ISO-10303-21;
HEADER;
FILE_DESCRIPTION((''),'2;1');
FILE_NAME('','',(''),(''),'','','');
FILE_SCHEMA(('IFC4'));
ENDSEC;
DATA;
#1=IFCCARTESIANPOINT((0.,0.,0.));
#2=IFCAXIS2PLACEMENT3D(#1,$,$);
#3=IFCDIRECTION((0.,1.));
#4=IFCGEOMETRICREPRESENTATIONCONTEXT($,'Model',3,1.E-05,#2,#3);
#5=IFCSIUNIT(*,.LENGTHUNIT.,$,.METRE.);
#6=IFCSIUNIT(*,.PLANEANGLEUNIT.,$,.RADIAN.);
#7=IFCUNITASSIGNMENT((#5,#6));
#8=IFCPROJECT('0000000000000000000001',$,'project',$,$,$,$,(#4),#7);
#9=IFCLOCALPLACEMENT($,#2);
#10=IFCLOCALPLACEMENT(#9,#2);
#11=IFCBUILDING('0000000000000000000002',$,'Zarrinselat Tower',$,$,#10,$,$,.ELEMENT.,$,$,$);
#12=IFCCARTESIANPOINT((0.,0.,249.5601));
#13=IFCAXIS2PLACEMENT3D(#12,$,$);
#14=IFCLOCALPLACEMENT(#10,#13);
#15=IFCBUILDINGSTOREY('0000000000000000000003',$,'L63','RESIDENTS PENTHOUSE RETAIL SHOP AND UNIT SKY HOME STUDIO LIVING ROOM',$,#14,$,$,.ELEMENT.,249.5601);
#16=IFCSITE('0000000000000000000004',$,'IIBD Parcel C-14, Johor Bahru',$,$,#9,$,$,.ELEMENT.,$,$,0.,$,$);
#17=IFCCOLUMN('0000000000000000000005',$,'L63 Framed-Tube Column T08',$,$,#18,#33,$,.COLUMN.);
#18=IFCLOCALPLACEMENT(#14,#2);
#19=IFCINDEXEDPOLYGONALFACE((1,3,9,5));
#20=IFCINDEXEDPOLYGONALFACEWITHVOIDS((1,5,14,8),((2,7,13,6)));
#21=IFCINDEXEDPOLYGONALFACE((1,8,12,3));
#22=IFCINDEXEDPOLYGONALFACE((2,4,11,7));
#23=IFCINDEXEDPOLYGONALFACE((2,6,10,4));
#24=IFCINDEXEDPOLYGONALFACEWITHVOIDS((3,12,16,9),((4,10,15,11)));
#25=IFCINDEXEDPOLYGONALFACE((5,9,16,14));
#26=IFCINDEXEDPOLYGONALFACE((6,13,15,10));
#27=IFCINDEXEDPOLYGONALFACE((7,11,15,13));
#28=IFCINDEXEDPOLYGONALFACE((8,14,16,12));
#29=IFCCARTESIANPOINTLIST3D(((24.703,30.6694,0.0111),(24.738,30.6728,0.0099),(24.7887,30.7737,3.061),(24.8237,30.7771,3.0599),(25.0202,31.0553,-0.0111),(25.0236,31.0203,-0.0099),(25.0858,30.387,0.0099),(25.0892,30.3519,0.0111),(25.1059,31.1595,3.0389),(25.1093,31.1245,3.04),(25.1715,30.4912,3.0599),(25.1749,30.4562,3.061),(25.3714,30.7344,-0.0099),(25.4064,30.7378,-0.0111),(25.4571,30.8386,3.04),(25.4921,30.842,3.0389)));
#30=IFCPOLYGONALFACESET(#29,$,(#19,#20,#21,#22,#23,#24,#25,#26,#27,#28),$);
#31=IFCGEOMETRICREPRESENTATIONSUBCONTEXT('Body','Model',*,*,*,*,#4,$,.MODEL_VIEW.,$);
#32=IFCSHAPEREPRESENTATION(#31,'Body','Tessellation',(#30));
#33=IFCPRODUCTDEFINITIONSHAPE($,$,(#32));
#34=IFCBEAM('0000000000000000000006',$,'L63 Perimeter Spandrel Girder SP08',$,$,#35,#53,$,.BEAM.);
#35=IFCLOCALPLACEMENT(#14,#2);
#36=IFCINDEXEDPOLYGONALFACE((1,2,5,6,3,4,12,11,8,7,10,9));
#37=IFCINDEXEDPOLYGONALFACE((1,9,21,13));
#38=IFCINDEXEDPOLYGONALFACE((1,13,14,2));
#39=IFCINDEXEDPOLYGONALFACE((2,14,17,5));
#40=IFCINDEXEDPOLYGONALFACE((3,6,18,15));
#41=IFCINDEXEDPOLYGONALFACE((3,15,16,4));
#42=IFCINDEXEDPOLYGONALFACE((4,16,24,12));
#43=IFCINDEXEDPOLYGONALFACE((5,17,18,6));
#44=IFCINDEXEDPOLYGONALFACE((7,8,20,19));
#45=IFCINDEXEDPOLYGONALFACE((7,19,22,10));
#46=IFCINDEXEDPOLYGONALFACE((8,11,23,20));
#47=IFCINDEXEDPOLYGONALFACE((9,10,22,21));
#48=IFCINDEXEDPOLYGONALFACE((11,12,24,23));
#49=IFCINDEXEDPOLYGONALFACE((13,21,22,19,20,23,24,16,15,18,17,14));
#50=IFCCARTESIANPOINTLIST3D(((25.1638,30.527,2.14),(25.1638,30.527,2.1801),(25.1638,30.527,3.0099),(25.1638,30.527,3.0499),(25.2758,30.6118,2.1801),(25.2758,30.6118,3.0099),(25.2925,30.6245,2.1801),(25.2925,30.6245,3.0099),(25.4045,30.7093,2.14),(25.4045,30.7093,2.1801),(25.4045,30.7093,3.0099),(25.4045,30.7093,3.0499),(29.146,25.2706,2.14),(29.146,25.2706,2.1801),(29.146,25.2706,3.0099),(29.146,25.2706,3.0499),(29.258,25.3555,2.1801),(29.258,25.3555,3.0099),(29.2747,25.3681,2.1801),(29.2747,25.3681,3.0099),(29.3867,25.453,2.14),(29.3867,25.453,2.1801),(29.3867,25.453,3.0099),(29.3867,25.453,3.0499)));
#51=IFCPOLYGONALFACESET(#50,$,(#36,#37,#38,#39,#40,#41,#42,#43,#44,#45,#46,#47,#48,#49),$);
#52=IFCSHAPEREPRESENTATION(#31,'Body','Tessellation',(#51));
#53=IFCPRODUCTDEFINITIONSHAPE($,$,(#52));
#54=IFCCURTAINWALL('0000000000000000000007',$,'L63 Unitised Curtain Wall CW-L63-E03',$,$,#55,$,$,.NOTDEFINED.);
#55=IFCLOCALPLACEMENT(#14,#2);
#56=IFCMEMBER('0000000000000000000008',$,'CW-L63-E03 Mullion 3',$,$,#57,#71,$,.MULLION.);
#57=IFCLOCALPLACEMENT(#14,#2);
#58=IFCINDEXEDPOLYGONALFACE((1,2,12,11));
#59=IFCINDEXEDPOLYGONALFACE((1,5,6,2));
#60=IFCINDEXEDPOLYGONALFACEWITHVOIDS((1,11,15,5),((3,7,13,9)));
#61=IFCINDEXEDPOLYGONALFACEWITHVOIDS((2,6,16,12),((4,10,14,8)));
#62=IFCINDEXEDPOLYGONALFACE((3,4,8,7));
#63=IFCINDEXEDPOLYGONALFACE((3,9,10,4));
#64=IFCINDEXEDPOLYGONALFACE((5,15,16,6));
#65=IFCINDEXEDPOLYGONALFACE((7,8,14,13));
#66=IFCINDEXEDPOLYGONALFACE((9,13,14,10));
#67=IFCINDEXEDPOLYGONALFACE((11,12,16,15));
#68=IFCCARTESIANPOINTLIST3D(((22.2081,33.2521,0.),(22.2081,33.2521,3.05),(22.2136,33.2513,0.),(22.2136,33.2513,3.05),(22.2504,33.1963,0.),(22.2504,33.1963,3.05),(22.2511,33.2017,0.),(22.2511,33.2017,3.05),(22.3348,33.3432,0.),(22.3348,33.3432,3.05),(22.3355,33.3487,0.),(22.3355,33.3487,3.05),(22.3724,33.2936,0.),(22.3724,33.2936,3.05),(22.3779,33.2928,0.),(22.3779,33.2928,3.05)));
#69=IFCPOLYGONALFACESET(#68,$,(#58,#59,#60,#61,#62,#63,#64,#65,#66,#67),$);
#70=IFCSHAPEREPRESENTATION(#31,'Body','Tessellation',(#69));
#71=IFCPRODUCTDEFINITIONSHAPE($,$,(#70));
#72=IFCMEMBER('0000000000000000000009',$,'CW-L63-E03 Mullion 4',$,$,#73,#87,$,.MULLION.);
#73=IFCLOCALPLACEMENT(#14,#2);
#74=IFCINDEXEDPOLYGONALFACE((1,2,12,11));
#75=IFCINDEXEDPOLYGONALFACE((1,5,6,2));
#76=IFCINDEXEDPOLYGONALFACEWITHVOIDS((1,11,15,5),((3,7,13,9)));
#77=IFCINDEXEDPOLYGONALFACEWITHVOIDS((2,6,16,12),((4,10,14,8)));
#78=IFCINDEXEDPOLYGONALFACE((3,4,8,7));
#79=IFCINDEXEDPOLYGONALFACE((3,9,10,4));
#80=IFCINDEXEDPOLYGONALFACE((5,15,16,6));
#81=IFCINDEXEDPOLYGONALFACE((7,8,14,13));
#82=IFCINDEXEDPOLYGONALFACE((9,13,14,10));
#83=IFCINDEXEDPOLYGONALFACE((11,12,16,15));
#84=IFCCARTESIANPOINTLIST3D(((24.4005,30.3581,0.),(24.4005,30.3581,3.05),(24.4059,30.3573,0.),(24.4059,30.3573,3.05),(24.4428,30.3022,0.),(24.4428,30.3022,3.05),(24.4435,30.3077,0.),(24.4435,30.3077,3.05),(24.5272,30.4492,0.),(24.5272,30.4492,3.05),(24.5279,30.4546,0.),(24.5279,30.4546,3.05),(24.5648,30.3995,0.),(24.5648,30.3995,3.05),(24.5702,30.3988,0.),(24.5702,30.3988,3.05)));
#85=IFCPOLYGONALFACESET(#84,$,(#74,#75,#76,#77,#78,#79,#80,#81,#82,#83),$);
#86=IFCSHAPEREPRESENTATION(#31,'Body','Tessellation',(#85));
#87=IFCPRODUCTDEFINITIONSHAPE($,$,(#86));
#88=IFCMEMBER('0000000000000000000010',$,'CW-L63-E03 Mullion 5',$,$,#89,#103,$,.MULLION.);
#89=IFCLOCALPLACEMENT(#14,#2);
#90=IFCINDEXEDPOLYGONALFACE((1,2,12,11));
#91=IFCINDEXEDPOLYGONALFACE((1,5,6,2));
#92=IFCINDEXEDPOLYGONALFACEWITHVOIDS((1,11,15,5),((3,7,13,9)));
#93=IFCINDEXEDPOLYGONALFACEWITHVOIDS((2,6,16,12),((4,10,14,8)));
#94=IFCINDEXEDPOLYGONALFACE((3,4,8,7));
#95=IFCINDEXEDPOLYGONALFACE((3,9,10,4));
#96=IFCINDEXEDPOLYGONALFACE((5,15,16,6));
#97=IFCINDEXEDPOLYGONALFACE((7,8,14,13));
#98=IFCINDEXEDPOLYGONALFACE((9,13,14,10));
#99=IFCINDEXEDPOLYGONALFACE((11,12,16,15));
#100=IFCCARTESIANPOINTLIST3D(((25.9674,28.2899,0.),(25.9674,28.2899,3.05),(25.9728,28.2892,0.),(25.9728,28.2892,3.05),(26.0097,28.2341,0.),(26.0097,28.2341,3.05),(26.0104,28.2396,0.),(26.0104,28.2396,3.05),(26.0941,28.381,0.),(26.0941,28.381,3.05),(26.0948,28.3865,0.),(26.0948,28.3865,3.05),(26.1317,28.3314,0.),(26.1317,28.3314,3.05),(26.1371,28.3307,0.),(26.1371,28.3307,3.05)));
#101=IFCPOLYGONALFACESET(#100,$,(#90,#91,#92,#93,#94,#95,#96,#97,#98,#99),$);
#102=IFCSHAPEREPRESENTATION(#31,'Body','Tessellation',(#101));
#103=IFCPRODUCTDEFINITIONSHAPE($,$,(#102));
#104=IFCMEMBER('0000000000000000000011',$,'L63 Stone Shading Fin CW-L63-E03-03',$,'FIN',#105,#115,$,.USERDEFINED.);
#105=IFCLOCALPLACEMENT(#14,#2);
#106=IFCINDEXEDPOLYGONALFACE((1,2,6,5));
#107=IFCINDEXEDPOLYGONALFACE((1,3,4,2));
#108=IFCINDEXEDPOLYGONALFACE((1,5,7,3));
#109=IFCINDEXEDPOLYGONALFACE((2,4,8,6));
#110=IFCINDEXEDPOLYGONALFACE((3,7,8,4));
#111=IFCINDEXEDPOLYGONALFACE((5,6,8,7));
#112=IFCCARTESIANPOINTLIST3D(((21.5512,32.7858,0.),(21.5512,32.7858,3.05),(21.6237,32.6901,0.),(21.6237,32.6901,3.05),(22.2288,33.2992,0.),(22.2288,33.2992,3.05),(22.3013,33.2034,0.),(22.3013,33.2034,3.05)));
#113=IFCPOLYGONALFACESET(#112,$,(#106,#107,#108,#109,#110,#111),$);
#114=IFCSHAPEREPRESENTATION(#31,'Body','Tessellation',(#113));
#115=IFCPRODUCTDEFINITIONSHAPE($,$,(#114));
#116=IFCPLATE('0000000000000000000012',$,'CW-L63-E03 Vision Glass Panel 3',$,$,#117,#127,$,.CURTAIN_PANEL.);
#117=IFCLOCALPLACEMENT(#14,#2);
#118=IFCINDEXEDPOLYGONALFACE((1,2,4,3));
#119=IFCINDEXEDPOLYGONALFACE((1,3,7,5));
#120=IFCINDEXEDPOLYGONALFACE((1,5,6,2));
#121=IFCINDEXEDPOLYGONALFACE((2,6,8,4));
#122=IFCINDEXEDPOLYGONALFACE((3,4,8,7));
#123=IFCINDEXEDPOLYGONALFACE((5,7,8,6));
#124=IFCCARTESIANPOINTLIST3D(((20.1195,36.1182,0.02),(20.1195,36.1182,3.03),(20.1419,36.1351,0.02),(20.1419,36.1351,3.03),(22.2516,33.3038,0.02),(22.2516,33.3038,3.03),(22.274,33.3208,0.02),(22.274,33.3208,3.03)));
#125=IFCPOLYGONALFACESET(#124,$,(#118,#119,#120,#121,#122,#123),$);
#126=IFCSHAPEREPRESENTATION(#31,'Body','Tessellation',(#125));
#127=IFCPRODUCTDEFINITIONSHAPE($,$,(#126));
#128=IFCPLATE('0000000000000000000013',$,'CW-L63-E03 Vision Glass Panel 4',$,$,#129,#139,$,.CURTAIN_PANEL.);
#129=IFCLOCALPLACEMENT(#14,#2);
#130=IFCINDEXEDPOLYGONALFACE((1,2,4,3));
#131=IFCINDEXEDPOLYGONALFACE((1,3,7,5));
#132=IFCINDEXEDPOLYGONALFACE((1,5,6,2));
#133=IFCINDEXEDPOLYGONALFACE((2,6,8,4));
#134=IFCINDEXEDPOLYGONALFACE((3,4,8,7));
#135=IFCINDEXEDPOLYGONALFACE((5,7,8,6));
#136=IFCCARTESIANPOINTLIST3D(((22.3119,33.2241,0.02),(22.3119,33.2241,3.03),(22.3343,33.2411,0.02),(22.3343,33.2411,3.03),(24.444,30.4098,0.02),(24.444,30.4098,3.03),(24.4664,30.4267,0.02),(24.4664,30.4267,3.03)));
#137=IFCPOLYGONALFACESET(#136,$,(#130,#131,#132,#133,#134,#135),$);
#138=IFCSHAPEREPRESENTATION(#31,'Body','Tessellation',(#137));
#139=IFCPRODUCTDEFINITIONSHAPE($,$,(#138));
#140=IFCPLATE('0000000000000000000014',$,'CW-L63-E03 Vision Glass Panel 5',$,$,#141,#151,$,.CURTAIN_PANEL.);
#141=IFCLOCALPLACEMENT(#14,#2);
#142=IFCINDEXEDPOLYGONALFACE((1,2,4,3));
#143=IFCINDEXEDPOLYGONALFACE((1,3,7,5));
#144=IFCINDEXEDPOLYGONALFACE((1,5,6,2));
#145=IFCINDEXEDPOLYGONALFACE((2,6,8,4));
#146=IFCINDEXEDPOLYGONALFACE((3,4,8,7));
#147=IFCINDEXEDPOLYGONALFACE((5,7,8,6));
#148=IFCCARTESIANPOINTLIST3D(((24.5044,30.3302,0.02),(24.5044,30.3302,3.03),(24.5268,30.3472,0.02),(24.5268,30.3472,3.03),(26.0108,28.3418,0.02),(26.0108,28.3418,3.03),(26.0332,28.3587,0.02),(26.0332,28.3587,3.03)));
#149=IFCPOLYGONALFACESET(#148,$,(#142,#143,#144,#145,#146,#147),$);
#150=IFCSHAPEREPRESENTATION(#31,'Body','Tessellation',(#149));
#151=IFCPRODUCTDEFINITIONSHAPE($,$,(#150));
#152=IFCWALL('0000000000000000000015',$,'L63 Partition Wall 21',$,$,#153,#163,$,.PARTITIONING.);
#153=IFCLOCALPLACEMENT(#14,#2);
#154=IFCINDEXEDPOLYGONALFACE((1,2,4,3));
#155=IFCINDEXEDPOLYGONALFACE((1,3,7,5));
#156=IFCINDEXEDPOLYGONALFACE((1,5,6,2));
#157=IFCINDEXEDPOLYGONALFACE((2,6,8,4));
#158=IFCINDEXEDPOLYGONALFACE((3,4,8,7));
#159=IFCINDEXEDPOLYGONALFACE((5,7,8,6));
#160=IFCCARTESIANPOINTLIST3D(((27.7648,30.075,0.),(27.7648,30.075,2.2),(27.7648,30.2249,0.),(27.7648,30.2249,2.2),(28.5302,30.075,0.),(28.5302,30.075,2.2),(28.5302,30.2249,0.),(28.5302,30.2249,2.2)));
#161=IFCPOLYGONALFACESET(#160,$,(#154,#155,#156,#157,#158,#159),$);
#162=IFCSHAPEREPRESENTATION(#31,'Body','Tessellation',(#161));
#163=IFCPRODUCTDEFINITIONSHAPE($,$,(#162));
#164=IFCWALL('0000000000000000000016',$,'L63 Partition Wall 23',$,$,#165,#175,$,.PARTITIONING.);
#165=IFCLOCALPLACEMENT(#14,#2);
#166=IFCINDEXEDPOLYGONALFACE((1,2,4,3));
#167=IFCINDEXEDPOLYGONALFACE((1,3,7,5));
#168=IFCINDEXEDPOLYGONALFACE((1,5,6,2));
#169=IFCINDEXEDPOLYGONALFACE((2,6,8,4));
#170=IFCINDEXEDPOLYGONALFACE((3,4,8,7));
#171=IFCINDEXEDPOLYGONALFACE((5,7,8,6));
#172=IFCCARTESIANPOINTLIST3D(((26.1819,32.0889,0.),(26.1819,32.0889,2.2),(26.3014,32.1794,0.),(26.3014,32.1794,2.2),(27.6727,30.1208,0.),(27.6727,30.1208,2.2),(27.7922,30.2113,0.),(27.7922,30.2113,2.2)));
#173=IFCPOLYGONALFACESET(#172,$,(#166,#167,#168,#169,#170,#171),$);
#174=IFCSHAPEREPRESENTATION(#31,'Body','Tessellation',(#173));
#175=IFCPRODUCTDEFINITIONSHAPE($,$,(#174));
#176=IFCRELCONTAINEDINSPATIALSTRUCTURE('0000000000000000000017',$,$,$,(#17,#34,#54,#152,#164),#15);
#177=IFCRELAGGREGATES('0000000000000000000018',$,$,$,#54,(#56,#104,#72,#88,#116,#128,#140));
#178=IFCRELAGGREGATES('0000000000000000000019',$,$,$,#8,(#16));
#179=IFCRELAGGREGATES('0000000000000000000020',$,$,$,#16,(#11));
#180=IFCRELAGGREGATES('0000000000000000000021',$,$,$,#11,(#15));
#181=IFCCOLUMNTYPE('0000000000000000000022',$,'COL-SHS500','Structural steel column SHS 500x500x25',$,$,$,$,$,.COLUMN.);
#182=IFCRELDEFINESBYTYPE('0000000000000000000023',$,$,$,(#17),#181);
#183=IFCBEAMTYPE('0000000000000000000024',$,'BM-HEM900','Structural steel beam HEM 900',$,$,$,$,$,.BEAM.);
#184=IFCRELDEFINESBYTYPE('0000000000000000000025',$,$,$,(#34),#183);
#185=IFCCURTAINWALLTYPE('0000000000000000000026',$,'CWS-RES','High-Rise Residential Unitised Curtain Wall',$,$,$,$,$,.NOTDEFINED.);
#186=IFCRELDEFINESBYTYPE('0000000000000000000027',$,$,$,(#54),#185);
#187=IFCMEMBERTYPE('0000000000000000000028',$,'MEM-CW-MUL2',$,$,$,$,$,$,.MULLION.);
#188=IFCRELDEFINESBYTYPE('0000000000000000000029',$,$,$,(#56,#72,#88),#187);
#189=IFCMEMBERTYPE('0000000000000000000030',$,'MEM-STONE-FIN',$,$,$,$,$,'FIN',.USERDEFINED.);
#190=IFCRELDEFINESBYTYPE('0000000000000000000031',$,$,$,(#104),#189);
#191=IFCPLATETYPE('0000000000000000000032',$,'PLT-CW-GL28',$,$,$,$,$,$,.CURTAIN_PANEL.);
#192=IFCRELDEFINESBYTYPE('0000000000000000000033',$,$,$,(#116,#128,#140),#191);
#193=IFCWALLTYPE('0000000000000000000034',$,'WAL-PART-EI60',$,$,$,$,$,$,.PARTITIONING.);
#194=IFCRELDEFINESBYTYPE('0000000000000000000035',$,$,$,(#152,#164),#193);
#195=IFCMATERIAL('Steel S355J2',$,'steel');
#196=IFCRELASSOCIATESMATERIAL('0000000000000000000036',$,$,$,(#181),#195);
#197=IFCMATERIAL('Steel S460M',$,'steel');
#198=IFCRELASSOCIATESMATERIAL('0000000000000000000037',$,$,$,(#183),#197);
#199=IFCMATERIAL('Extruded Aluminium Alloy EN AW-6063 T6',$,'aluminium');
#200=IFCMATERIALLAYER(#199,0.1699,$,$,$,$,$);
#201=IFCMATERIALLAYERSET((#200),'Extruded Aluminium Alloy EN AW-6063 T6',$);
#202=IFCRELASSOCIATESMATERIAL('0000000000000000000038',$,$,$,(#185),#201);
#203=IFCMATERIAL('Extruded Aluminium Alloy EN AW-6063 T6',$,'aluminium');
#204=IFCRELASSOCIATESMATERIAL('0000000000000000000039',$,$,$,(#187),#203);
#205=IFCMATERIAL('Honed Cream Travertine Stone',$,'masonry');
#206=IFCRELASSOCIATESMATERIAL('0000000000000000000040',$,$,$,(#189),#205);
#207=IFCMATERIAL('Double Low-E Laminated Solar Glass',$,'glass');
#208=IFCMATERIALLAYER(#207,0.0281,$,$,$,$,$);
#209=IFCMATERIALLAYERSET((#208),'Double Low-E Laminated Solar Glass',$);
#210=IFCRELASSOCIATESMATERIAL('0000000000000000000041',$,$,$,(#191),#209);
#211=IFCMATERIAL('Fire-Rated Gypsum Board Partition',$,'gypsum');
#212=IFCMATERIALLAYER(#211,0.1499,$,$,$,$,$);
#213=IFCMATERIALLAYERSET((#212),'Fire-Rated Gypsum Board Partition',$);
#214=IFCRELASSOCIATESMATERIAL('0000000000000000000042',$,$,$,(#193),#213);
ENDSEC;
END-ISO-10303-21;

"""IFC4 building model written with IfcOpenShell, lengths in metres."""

from ifc_helpers import new_model, si_unit, direction, frame, frame_2d, origin, origin_2d, place, context, subcontext, project, spatial, rectangle, hollow_rectangle, i_section, extrude, material, layer, layer_set, material_profile, profile_set, type_object, element, aggregate, save


model = new_model("IFC4")

# Units and contexts
model_context = context("Model", 3, precision=1e-05, world=origin(), true_north=direction((0.0, 1.0)))
body_context = subcontext(model_context, "Body", "Model", "MODEL_VIEW")
ifc_project = project(units=[si_unit("LENGTHUNIT", "METRE"), si_unit("PLANEANGLEUNIT", "RADIAN")], contexts=[model_context])

# Site, building, storey
site_placement = place(None, origin())
site = spatial("IfcSite", under=ifc_project, at=site_placement, Name="IIBD Parcel C-14, Johor Bahru", CompositionType="ELEMENT", RefElevation=0.0)
building_placement = place(site_placement, origin())
building = spatial("IfcBuilding", under=site, at=building_placement, Name="Zarrinselat Tower", CompositionType="ELEMENT")
storey_placement = place(building_placement, frame((0.0, 0.0, 249.5601)))
storey = spatial("IfcBuildingStorey", under=building, at=storey_placement, Name="L63", Description="RESIDENTS PENTHOUSE RETAIL SHOP AND UNIT SKY HOME STUDIO LIVING ROOM", CompositionType="ELEMENT", Elevation=249.5601)

# Column
ifc_material_1 = material(Name="Steel S355J2", Category="steel")
ifc_material_profile_1 = material_profile(ifc_material_1, hollow_rectangle(XDim=0.5, YDim=0.5, WallThickness=0.0249, at=origin_2d()), Name="SHS 500x500x25")
ifc_profile_set_1 = profile_set([ifc_material_profile_1], Name="Steel S355J2")
column_type = type_object("IfcColumnType", Name="COL-SHS500", Description="Structural steel column SHS 500x500x25", PredefinedType="COLUMN", material=ifc_profile_set_1)
column_placement = place(storey_placement, frame((25.0547, 30.7036, 0.0), z_axis=(0.028068, 0.034146, 0.999023), x_axis=(-0.772504, 0.635009, 0.0)))
element("IfcColumn", 1, at=column_placement, inside=storey, type_object=column_type, Name="L63 Framed-Tube Column T08", PredefinedType="COLUMN", context=body_context, shape_type="SweptSolid", body=[
    extrude(hollow_rectangle(XDim=0.5, YDim=0.5, WallThickness=0.0249, at=origin_2d()), origin(), (0.0, 0.0, 1.0), 3.053),
])

# Beam
ifc_material_2 = material(Name="Steel S460M", Category="steel")
ifc_material_profile_2 = material_profile(ifc_material_2, i_section(OverallWidth=0.302, OverallDepth=0.9099, WebThickness=0.021, FlangeThickness=0.04, at=origin_2d()), Name="HEM 900")
ifc_profile_set_2 = profile_set([ifc_material_profile_2], Name="Steel S460M")
beam_type = type_object("IfcBeamType", Name="BM-HEM900", Description="Structural steel beam HEM 900", PredefinedType="BEAM", material=ifc_profile_set_2)
beam_placement = place(storey_placement, frame((25.2842, 30.6182, 2.595), z_axis=(0.603867, -0.797085, 0.0), x_axis=(0.797085, 0.603867, 0.0)))
element("IfcBeam", 2, at=beam_placement, inside=storey, type_object=beam_type, Name="L63 Perimeter Spandrel Girder SP08", PredefinedType="BEAM", context=body_context, shape_type="SweptSolid", body=[
    extrude(i_section(OverallWidth=0.302, OverallDepth=0.9099, WebThickness=0.021, FlangeThickness=0.04, at=origin_2d()), origin(), (0.0, 0.0, 1.0), 6.5945),
])

# Curtain wall, members, plates
ifc_material_3 = material(Name="Extruded Aluminium Alloy EN AW-6063 T6", Category="aluminium")
ifc_layer_1 = layer(ifc_material_3, 0.1699)
ifc_layer_set_1 = layer_set([ifc_layer_1], Name="Extruded Aluminium Alloy EN AW-6063 T6")
curtain_wall_type = type_object("IfcCurtainWallType", Name="CWS-RES", Description="High-Rise Residential Unitised Curtain Wall", PredefinedType="NOTDEFINED", material=ifc_layer_set_1)
curtain_wall_placement = place(storey_placement, origin())
curtain_wall = element("IfcCurtainWall", 3, at=curtain_wall_placement, inside=storey, type_object=curtain_wall_type, Name="L63 Unitised Curtain Wall CW-L63-E03", PredefinedType="NOTDEFINED")
ifc_material_4 = material(Name="Extruded Aluminium Alloy EN AW-6063 T6", Category="aluminium")
ifc_material_profile_3 = material_profile(ifc_material_4, hollow_rectangle(XDim=0.0701, YDim=0.1599, WallThickness=0.0039, at=origin_2d()), Name="RHS 160x70x4")
ifc_profile_set_3 = profile_set([ifc_material_profile_3], Name="Extruded Aluminium Alloy EN AW-6063 T6")
member_type_1 = type_object("IfcMemberType", Name="MEM-CW-MUL2", PredefinedType="MULLION", material=ifc_profile_set_3)
member_1_placement = place(storey_placement, frame((22.293, 33.2725, 0.0), z_axis=(0.0, 0.0, 1.0), x_axis=(0.603857, -0.797092, 0.0)))
member_1 = element("IfcMember", 4, at=member_1_placement, type_object=member_type_1, Name="CW-L63-E03 Mullion 3", PredefinedType="MULLION", context=body_context, shape_type="SweptSolid", body=[
    extrude(hollow_rectangle(XDim=0.0701, YDim=0.1599, WallThickness=0.0039, at=origin_2d()), origin(), (0.0, 0.0, 1.0), 3.05),
])
member_2_placement = place(storey_placement, frame((24.4854, 30.3784, 0.0), z_axis=(0.0, 0.0, 1.0), x_axis=(0.603857, -0.797092, 0.0)))
member_2 = element("IfcMember", 5, at=member_2_placement, type_object=member_type_1, Name="CW-L63-E03 Mullion 4", PredefinedType="MULLION", context=body_context, shape_type="SweptSolid", body=[
    extrude(hollow_rectangle(XDim=0.0701, YDim=0.1599, WallThickness=0.0039, at=origin_2d()), origin(), (0.0, 0.0, 1.0), 3.05),
])
member_3_placement = place(storey_placement, frame((26.0522, 28.3103, 0.0), z_axis=(0.0, 0.0, 1.0), x_axis=(0.603857, -0.797092, 0.0)))
member_3 = element("IfcMember", 6, at=member_3_placement, type_object=member_type_1, Name="CW-L63-E03 Mullion 5", PredefinedType="MULLION", context=body_context, shape_type="SweptSolid", body=[
    extrude(hollow_rectangle(XDim=0.0701, YDim=0.1599, WallThickness=0.0039, at=origin_2d()), origin(), (0.0, 0.0, 1.0), 3.05),
])
ifc_material_5 = material(Name="Honed Cream Travertine Stone", Category="masonry")
ifc_material_profile_4 = material_profile(ifc_material_5, rectangle(XDim=0.1201, YDim=0.8501, at=origin_2d()), Name="FIN 850x120")
ifc_profile_set_4 = profile_set([ifc_material_profile_4], Name="Honed Cream Travertine Stone")
member_type_2 = type_object("IfcMemberType", Name="MEM-STONE-FIN", ElementType="FIN", PredefinedType="USERDEFINED", material=ifc_profile_set_4)
member_4_placement = place(storey_placement, frame((21.9263, 32.9946, 0.0), z_axis=(0.0, 0.0, 1.0), x_axis=(-0.603857, 0.797092, 0.0)))
member_4 = element("IfcMember", 7, at=member_4_placement, type_object=member_type_2, Name="L63 Stone Shading Fin CW-L63-E03-03", ObjectType="FIN", PredefinedType="USERDEFINED", context=body_context, shape_type="SweptSolid", body=[
    extrude(rectangle(XDim=0.1201, YDim=0.8501, at=origin_2d()), origin(), (0.0, 0.0, 1.0), 3.05),
])
ifc_material_6 = material(Name="Double Low-E Laminated Solar Glass", Category="glass")
ifc_layer_2 = layer(ifc_material_6, 0.0281)
ifc_layer_set_2 = layer_set([ifc_layer_2], Name="Double Low-E Laminated Solar Glass")
plate_type = type_object("IfcPlateType", Name="PLT-CW-GL28", PredefinedType="CURTAIN_PANEL", material=ifc_layer_set_2)
plate_1_placement = place(storey_placement, frame((21.1968, 34.7195, 0.02), z_axis=(0.0, 0.0, 1.0), x_axis=(0.603857, -0.797092, 0.0)))
plate_1 = element("IfcPlate", 8, at=plate_1_placement, type_object=plate_type, Name="CW-L63-E03 Vision Glass Panel 3", PredefinedType="CURTAIN_PANEL", context=body_context, shape_type="SweptSolid", body=[
    extrude(rectangle(XDim=3.5308, YDim=0.0281, at=origin_2d()), origin(), (0.0, 0.0, 1.0), 3.01),
])
plate_2_placement = place(storey_placement, frame((23.3892, 31.8254, 0.02), z_axis=(0.0, 0.0, 1.0), x_axis=(0.603857, -0.797092, 0.0)))
plate_2 = element("IfcPlate", 9, at=plate_2_placement, type_object=plate_type, Name="CW-L63-E03 Vision Glass Panel 4", PredefinedType="CURTAIN_PANEL", context=body_context, shape_type="SweptSolid", body=[
    extrude(rectangle(XDim=3.5308, YDim=0.0281, at=origin_2d()), origin(), (0.0, 0.0, 1.0), 3.01),
])
plate_3_placement = place(storey_placement, frame((25.2688, 29.3445, 0.02), z_axis=(0.0, 0.0, 1.0), x_axis=(0.603857, -0.797092, 0.0)))
plate_3 = element("IfcPlate", 10, at=plate_3_placement, type_object=plate_type, Name="CW-L63-E03 Vision Glass Panel 5", PredefinedType="CURTAIN_PANEL", context=body_context, shape_type="SweptSolid", body=[
    extrude(rectangle(XDim=2.4946, YDim=0.0281, at=origin_2d()), origin(), (0.0, 0.0, 1.0), 3.01),
])
aggregate(curtain_wall, [member_1, member_4, member_2, member_3, plate_1, plate_2, plate_3])

# Walls
ifc_material_7 = material(Name="Fire-Rated Gypsum Board Partition", Category="gypsum")
ifc_layer_3 = layer(ifc_material_7, 0.1499)
ifc_layer_set_3 = layer_set([ifc_layer_3], Name="Fire-Rated Gypsum Board Partition")
wall_type_1 = type_object("IfcWallType", Name="WAL-PART-EI60", PredefinedType="PARTITIONING", material=ifc_layer_set_3)
wall_1_placement = place(storey_placement, frame((27.7646, 30.1499, 0.0), z_axis=(0.0, 0.0, 1.0), x_axis=(1.0, 0.0, 0.0)))
element("IfcWall", 11, at=wall_1_placement, inside=storey, type_object=wall_type_1, Name="L63 Partition Wall 21", PredefinedType="PARTITIONING", context=body_context, shape_type="SweptSolid", body=[
    extrude(rectangle(XDim=0.7654, YDim=0.1499, at=frame_2d((0.3828, 0.0))), origin(), (0.0, 0.0, 1.0), 2.2),
])
wall_2_placement = place(storey_placement, frame((26.2417, 32.134, 0.0), z_axis=(0.0, 0.0, 1.0), x_axis=(0.603806, -0.797131, 0.0)))
element("IfcWall", 12, at=wall_2_placement, inside=storey, type_object=wall_type_1, Name="L63 Partition Wall 23", PredefinedType="PARTITIONING", context=body_context, shape_type="SweptSolid", body=[
    extrude(rectangle(XDim=2.469, YDim=0.1499, at=frame_2d((1.2344, 0.0))), origin(), (0.0, 0.0, 1.0), 2.2),
])

save(model, "model.ifc")
